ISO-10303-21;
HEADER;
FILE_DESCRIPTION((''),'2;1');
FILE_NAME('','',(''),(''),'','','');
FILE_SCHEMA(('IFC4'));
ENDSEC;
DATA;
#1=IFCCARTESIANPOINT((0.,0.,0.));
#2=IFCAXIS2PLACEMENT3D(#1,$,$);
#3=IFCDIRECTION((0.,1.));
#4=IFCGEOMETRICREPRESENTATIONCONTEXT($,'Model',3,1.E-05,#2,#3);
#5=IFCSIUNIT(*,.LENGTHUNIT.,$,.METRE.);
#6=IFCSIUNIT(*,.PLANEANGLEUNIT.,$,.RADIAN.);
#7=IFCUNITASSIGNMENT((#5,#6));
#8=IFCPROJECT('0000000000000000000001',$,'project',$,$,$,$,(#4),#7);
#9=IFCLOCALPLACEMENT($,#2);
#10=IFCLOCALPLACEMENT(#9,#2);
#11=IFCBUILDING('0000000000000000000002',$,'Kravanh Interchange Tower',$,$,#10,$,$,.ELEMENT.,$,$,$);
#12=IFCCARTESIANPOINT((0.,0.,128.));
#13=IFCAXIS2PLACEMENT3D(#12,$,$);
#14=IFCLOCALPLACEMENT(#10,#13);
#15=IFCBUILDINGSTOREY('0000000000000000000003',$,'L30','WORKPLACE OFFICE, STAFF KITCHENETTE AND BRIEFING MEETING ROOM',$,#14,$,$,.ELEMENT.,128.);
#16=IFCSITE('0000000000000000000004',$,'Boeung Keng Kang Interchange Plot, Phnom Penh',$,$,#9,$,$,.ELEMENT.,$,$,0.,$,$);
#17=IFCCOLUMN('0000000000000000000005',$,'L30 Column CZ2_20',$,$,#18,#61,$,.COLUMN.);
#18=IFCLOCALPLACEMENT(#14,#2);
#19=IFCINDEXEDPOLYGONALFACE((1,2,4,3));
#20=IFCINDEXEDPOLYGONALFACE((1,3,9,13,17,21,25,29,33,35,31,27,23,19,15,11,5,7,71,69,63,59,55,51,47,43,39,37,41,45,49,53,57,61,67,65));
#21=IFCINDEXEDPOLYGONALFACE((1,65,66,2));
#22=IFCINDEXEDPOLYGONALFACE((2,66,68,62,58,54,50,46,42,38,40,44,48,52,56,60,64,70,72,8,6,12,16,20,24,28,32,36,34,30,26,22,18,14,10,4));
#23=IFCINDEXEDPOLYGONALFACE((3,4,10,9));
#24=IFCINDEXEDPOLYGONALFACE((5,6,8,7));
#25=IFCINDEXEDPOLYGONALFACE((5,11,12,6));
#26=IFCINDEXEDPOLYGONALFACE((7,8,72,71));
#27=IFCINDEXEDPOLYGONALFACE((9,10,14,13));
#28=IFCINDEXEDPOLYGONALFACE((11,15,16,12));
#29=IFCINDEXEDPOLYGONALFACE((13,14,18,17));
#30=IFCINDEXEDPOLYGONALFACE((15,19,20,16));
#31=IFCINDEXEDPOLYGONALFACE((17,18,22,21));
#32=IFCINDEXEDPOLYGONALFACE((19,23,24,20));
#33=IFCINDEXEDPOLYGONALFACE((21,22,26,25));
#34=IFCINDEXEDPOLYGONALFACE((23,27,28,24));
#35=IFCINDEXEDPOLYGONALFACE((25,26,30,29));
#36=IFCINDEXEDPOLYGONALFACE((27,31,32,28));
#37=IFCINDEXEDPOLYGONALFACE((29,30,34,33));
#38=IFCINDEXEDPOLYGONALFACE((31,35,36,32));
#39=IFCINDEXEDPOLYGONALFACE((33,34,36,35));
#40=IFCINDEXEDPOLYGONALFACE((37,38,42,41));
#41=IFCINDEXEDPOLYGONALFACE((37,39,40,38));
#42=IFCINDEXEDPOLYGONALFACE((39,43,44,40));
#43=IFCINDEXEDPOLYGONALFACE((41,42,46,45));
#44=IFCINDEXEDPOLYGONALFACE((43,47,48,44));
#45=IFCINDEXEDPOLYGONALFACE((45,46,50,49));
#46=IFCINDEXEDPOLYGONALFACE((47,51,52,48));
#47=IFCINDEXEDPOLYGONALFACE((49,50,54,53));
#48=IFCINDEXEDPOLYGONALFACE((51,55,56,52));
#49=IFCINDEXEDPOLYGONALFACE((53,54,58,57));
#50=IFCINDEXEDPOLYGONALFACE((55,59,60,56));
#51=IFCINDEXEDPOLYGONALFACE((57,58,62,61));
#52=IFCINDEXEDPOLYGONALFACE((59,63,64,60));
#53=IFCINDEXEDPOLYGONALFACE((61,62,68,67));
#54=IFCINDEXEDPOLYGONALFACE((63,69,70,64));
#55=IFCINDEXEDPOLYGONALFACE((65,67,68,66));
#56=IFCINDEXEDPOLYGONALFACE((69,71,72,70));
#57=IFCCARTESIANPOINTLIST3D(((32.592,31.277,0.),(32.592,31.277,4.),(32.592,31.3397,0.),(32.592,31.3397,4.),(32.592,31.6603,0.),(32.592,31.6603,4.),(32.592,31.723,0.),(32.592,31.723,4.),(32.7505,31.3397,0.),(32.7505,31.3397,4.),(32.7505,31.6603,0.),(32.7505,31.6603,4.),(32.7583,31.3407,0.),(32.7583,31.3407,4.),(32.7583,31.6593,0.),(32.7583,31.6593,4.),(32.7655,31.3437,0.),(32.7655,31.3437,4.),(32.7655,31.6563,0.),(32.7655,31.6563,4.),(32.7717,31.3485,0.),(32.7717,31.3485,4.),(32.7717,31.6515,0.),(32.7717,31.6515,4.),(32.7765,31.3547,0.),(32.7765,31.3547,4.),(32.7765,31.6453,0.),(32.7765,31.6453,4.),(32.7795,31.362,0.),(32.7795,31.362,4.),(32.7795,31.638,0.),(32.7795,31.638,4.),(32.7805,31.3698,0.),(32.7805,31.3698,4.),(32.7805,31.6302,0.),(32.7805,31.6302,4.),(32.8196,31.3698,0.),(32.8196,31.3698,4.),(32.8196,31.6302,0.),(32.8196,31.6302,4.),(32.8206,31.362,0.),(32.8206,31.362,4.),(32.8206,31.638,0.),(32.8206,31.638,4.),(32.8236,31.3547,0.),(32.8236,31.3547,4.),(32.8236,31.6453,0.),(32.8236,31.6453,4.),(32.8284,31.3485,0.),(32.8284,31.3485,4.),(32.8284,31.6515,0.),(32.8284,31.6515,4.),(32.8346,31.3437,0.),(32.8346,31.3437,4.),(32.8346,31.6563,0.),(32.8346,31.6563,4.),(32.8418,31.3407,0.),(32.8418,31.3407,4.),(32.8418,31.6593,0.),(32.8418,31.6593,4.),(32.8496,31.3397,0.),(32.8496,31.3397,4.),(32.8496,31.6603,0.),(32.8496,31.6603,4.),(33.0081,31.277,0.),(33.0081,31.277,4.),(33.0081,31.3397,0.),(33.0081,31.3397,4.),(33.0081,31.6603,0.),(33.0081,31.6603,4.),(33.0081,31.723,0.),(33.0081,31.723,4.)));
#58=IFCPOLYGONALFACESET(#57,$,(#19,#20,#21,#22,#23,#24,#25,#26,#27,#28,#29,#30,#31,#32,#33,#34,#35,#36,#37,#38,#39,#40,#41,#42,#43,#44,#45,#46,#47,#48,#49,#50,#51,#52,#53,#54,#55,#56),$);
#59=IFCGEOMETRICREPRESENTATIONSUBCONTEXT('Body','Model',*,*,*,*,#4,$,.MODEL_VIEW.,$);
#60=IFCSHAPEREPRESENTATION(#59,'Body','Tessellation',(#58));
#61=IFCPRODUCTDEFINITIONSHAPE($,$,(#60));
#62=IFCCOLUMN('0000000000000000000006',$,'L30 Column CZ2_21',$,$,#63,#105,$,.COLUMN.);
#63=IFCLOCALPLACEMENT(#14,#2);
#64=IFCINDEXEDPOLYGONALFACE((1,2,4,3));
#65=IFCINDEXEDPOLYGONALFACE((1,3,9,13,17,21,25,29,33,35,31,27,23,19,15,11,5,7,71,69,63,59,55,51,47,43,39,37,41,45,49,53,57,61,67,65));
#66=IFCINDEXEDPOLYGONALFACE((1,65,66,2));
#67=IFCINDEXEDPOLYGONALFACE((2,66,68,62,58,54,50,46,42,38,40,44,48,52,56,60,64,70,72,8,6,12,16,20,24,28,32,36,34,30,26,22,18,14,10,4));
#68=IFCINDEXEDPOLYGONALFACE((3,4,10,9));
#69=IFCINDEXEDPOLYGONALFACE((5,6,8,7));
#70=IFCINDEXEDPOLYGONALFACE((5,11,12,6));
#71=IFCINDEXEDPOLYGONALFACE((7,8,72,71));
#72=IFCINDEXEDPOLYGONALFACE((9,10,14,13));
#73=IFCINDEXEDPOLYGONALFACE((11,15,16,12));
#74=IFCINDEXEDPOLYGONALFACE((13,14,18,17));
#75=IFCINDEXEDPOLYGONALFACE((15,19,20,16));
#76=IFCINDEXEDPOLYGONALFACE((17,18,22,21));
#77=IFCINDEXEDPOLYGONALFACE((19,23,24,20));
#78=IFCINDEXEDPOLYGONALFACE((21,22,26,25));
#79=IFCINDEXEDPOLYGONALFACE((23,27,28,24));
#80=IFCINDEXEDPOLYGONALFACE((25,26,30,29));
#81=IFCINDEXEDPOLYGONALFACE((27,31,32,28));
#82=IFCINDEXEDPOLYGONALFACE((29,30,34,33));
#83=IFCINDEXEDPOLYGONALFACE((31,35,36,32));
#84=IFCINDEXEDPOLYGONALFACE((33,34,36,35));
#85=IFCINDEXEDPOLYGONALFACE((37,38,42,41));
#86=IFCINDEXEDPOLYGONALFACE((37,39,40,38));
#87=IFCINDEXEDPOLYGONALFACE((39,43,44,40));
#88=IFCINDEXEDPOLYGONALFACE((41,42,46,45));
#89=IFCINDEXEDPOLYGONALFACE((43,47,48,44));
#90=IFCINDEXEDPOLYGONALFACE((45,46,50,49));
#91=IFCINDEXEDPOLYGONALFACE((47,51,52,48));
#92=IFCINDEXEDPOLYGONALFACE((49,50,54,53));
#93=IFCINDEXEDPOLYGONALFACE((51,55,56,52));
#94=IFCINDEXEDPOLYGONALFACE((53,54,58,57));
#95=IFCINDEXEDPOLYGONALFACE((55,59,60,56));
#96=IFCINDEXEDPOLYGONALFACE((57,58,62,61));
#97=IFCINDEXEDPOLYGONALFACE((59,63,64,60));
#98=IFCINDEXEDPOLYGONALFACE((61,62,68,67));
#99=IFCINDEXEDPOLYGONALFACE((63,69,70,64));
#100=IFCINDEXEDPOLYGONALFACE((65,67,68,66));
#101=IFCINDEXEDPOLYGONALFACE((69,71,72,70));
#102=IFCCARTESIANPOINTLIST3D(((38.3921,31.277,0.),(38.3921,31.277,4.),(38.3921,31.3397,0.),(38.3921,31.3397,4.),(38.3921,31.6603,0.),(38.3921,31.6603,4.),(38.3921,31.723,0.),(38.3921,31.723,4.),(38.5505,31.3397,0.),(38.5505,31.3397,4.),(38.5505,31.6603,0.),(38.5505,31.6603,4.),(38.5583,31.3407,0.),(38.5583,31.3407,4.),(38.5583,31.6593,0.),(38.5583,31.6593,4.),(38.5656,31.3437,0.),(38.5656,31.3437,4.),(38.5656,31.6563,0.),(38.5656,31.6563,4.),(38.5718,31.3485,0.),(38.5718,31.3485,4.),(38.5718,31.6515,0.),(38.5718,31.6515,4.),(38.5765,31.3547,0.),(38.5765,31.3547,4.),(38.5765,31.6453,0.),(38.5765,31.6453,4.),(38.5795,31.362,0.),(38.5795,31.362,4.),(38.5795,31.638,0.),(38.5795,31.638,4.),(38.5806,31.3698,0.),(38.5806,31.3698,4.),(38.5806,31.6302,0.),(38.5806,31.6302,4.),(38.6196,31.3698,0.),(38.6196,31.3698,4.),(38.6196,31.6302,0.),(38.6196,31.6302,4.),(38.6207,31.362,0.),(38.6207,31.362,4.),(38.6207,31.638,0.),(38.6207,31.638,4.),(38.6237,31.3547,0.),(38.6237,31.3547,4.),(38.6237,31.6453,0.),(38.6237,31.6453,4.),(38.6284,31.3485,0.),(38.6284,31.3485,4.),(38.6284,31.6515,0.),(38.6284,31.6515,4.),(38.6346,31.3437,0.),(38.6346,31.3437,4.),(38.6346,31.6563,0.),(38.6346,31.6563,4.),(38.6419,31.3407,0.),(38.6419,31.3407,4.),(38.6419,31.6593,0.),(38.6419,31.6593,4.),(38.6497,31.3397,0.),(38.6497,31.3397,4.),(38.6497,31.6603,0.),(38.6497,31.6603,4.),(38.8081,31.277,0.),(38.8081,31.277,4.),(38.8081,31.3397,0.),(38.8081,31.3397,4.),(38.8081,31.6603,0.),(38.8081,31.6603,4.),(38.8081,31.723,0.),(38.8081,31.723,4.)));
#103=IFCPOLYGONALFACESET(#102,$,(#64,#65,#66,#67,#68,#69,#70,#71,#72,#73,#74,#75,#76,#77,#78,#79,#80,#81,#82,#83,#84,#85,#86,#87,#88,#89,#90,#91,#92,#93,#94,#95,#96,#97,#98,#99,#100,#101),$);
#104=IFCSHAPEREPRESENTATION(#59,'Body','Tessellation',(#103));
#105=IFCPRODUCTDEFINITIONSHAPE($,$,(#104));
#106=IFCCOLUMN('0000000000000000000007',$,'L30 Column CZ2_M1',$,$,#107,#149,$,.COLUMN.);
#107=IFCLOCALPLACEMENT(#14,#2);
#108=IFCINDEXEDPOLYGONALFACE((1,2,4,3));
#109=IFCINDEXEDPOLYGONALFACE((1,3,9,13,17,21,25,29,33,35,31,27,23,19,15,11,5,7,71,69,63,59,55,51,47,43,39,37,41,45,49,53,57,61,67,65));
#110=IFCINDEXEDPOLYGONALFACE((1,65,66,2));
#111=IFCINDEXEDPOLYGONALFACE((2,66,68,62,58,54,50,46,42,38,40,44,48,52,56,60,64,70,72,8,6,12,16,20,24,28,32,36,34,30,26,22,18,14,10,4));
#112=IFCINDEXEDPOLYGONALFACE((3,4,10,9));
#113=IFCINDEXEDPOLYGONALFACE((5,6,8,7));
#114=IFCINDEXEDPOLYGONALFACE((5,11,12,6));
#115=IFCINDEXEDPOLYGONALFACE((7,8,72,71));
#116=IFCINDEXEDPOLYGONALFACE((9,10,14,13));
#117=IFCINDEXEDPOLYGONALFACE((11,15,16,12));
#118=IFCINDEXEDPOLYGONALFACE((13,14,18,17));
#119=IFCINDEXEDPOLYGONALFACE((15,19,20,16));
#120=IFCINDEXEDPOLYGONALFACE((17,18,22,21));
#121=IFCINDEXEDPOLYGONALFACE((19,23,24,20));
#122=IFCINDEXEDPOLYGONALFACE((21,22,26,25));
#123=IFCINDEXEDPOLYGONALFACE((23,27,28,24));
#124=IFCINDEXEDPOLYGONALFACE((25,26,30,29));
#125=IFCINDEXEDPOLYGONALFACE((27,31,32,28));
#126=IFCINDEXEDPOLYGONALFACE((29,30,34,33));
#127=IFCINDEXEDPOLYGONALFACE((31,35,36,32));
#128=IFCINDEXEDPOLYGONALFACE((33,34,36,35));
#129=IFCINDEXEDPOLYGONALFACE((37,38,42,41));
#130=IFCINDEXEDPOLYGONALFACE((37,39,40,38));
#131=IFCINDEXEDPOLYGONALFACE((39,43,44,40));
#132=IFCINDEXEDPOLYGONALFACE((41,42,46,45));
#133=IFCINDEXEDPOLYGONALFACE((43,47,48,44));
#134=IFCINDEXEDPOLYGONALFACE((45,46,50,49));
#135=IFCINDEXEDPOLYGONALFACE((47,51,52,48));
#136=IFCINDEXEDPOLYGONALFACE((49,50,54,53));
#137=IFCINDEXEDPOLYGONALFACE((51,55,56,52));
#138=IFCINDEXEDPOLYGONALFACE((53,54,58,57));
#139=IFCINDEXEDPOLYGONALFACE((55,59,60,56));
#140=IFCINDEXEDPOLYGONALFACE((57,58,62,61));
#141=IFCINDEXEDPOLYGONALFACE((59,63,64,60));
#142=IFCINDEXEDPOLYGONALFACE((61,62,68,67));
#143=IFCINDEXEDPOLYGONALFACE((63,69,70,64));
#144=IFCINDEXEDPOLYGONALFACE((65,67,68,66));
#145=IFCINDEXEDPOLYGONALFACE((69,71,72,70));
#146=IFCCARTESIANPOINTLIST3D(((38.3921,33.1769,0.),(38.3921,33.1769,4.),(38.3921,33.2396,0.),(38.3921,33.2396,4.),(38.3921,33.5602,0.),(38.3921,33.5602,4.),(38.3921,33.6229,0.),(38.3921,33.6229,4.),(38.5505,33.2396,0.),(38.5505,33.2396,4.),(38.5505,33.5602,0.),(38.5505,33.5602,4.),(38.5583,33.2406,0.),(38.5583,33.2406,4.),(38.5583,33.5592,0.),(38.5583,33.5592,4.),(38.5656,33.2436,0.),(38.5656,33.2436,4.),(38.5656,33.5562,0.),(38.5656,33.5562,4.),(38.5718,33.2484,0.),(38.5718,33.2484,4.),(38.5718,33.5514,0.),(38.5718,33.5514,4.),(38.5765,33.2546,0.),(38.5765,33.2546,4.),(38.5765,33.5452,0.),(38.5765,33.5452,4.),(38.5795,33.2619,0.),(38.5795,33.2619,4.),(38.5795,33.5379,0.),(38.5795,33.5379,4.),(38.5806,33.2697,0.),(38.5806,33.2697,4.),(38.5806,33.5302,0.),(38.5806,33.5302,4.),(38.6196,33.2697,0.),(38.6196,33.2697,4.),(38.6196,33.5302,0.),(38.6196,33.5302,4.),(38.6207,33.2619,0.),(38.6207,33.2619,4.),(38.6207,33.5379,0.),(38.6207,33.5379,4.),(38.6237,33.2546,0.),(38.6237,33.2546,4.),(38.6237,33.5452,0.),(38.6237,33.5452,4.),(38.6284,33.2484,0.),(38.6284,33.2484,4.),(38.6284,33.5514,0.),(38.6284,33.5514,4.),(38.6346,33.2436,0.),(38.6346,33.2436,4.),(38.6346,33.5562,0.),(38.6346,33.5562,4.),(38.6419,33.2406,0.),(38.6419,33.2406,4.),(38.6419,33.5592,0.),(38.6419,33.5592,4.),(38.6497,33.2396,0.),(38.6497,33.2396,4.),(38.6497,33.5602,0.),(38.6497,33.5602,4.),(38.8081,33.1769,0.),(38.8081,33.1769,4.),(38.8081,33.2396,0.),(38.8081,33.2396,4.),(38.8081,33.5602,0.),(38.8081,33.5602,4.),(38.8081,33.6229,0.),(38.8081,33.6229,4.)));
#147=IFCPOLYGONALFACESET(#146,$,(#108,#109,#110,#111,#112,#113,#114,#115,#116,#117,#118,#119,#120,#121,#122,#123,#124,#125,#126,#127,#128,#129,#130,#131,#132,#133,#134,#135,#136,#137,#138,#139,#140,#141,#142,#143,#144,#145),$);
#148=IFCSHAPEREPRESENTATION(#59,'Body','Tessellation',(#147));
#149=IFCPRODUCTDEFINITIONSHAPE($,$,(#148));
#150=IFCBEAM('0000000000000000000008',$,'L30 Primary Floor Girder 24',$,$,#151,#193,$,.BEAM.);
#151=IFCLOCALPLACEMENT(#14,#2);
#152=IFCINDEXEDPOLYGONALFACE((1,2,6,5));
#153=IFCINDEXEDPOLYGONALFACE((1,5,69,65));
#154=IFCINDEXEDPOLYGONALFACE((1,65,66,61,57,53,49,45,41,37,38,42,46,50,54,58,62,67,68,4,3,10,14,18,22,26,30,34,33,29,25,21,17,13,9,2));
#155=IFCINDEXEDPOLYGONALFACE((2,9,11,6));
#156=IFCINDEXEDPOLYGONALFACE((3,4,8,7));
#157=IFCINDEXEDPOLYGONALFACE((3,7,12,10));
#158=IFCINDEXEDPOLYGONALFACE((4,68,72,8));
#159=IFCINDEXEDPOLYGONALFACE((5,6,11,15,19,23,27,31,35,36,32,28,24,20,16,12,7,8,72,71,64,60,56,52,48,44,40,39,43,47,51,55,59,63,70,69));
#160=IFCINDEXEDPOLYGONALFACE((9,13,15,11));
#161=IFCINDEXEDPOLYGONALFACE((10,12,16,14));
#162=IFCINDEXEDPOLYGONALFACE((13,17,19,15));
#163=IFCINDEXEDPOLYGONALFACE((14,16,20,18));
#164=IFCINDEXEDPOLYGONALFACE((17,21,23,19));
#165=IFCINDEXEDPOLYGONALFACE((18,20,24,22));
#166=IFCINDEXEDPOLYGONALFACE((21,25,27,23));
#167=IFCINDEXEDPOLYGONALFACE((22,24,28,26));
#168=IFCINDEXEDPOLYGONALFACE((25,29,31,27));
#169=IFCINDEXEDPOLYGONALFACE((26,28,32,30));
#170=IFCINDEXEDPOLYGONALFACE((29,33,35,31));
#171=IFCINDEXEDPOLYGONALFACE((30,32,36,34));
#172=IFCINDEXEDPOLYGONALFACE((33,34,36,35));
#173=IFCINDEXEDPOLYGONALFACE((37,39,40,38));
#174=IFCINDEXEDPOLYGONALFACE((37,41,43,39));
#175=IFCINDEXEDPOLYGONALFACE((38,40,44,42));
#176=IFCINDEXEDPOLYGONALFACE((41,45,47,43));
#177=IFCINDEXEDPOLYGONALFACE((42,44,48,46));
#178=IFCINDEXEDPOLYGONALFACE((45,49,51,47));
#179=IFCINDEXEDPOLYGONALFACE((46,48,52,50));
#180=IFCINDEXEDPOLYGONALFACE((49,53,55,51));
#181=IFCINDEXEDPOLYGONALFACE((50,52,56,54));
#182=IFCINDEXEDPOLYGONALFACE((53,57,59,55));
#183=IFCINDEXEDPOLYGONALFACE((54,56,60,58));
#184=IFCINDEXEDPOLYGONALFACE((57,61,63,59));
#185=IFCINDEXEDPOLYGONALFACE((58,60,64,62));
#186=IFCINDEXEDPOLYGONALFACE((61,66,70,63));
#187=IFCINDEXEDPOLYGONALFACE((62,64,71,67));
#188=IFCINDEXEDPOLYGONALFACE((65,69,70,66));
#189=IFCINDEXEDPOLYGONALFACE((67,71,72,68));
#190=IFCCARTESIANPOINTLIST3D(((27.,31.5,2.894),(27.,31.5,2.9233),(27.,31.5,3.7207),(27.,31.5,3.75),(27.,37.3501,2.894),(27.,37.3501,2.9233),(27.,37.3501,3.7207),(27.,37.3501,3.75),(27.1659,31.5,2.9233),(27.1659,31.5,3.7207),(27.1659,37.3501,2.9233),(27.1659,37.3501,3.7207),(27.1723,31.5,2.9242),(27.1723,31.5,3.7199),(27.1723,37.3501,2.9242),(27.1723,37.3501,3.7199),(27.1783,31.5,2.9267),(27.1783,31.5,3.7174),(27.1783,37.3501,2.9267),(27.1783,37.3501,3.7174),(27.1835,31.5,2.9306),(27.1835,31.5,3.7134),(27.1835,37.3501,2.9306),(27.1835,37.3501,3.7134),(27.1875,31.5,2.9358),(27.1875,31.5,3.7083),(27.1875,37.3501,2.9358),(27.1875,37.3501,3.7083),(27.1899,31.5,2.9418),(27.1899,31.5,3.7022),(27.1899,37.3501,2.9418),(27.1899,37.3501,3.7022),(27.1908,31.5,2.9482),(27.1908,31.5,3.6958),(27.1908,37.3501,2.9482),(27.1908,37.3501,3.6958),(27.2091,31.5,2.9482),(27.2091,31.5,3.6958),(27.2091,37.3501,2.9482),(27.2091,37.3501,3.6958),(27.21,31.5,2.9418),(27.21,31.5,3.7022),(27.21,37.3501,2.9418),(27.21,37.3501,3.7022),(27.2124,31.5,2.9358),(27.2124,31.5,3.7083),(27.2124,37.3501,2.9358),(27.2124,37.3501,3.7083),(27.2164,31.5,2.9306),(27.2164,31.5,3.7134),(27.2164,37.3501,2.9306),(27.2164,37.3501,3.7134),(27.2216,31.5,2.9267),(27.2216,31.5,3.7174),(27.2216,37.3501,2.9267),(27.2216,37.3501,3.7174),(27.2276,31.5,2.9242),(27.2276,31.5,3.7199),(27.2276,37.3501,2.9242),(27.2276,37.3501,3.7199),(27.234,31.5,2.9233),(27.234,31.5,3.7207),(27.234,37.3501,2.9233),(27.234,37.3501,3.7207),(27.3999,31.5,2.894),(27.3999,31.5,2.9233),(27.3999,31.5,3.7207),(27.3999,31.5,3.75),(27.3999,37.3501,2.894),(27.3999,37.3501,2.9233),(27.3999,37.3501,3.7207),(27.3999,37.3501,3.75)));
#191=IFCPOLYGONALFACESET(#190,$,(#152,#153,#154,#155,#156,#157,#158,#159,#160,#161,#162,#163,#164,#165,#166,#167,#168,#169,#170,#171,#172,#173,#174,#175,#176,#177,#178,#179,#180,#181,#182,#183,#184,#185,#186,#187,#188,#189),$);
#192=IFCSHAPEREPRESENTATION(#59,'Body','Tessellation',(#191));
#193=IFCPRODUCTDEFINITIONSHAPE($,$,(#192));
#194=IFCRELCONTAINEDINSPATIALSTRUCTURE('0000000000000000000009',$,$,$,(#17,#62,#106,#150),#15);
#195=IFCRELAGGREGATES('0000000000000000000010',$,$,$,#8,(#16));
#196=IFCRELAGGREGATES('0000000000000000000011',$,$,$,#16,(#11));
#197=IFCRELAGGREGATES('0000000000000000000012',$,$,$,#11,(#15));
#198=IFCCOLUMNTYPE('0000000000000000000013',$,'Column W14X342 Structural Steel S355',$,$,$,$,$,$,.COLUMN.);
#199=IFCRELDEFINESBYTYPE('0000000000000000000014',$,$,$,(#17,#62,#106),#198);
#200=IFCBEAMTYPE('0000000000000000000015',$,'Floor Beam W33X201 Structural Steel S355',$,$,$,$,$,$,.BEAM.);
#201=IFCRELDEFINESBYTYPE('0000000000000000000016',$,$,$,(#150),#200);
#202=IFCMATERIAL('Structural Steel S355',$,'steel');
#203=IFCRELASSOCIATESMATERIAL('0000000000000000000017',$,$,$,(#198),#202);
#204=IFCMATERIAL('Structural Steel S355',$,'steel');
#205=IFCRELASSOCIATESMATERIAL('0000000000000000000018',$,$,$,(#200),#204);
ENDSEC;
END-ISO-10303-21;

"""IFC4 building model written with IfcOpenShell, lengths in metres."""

from ifc_helpers import new_model, si_unit, direction, frame, origin, origin_2d, place, context, subcontext, project, spatial, i_section, extrude, material, material_profile, profile_set, type_object, element, save


model = new_model("IFC4")

# Units and contexts
model_context = context("Model", 3, precision=1e-05, world=origin(), true_north=direction((0.0, 1.0)))
body_context = subcontext(model_context, "Body", "Model", "MODEL_VIEW")
ifc_project = project(units=[si_unit("LENGTHUNIT", "METRE"), si_unit("PLANEANGLEUNIT", "RADIAN")], contexts=[model_context])

# Site, building, storey
site_placement = place(None, origin())
site = spatial("IfcSite", under=ifc_project, at=site_placement, Name="Boeung Keng Kang Interchange Plot, Phnom Penh", CompositionType="ELEMENT", RefElevation=0.0)
building_placement = place(site_placement, origin())
building = spatial("IfcBuilding", under=site, at=building_placement, Name="Kravanh Interchange Tower", CompositionType="ELEMENT")
storey_placement = place(building_placement, frame((0.0, 0.0, 128.0)))
storey = spatial("IfcBuildingStorey", under=building, at=storey_placement, Name="L30", Description="WORKPLACE OFFICE, STAFF KITCHENETTE AND BRIEFING MEETING ROOM", CompositionType="ELEMENT", Elevation=128.0)

# Columns
ifc_material_1 = material(Name="Structural Steel S355", Category="steel")
ifc_material_profile_1 = material_profile(ifc_material_1, i_section(OverallWidth=0.416, OverallDepth=0.446, WebThickness=0.0391, FlangeThickness=0.0627, FilletRadius=0.03, at=origin_2d()), Name="W14X342")
ifc_profile_set_1 = profile_set([ifc_material_profile_1], Name="Structural Steel S355")
column_type_1 = type_object("IfcColumnType", Name="Column W14X342 Structural Steel S355", PredefinedType="COLUMN", material=ifc_profile_set_1)
for number, where, z_axis, x_axis, name in (
    (1, (32.8, 31.5, 0.0), (0.0, 0.0, 1.0), (1.0, 0.0, 0.0), "L30 Column CZ2_20"),
    (2, (38.6001, 31.5, 0.0), (0.0, 0.0, 1.0), (1.0, 0.0, 0.0), "L30 Column CZ2_21"),
    (3, (38.6001, 33.3999, 0.0), (0.0, 0.0, 1.0), (1.0, 0.0, 0.0), "L30 Column CZ2_M1"),
):
    element("IfcColumn", number, at=place(storey_placement, frame(where, z_axis=z_axis, x_axis=x_axis)), inside=storey, type_object=column_type_1, Name=name, PredefinedType="COLUMN", context=body_context, shape_type="SweptSolid", body=[
        extrude(i_section(OverallWidth=0.416, OverallDepth=0.446, WebThickness=0.0391, FlangeThickness=0.0627, FilletRadius=0.03, at=origin_2d()), origin(), (0.0, 0.0, 1.0), 4.0),
    ])

# Beam
ifc_material_2 = material(Name="Structural Steel S355", Category="steel")
ifc_material_profile_2 = material_profile(ifc_material_2, i_section(OverallWidth=0.3999, OverallDepth=0.856, WebThickness=0.0183, FlangeThickness=0.0293, FilletRadius=0.0249, at=origin_2d()), Name="W33X201")
ifc_profile_set_2 = profile_set([ifc_material_profile_2], Name="Structural Steel S355")
beam_type_1 = type_object("IfcBeamType", Name="Floor Beam W33X201 Structural Steel S355", PredefinedType="BEAM", material=ifc_profile_set_2)
beam_1_placement = place(storey_placement, frame((27.2, 37.3501, 3.322), z_axis=(0.0, -1.0, 0.0), x_axis=(1.0, 0.0, 0.0)))
element("IfcBeam", 4, at=beam_1_placement, inside=storey, type_object=beam_type_1, Name="L30 Primary Floor Girder 24", PredefinedType="BEAM", context=body_context, shape_type="SweptSolid", body=[
    extrude(i_section(OverallWidth=0.3999, OverallDepth=0.856, WebThickness=0.0183, FlangeThickness=0.0293, FilletRadius=0.0249, at=origin_2d()), origin(), (0.0, 0.0, 1.0), 5.8501),
])

save(model, "model.ifc")
